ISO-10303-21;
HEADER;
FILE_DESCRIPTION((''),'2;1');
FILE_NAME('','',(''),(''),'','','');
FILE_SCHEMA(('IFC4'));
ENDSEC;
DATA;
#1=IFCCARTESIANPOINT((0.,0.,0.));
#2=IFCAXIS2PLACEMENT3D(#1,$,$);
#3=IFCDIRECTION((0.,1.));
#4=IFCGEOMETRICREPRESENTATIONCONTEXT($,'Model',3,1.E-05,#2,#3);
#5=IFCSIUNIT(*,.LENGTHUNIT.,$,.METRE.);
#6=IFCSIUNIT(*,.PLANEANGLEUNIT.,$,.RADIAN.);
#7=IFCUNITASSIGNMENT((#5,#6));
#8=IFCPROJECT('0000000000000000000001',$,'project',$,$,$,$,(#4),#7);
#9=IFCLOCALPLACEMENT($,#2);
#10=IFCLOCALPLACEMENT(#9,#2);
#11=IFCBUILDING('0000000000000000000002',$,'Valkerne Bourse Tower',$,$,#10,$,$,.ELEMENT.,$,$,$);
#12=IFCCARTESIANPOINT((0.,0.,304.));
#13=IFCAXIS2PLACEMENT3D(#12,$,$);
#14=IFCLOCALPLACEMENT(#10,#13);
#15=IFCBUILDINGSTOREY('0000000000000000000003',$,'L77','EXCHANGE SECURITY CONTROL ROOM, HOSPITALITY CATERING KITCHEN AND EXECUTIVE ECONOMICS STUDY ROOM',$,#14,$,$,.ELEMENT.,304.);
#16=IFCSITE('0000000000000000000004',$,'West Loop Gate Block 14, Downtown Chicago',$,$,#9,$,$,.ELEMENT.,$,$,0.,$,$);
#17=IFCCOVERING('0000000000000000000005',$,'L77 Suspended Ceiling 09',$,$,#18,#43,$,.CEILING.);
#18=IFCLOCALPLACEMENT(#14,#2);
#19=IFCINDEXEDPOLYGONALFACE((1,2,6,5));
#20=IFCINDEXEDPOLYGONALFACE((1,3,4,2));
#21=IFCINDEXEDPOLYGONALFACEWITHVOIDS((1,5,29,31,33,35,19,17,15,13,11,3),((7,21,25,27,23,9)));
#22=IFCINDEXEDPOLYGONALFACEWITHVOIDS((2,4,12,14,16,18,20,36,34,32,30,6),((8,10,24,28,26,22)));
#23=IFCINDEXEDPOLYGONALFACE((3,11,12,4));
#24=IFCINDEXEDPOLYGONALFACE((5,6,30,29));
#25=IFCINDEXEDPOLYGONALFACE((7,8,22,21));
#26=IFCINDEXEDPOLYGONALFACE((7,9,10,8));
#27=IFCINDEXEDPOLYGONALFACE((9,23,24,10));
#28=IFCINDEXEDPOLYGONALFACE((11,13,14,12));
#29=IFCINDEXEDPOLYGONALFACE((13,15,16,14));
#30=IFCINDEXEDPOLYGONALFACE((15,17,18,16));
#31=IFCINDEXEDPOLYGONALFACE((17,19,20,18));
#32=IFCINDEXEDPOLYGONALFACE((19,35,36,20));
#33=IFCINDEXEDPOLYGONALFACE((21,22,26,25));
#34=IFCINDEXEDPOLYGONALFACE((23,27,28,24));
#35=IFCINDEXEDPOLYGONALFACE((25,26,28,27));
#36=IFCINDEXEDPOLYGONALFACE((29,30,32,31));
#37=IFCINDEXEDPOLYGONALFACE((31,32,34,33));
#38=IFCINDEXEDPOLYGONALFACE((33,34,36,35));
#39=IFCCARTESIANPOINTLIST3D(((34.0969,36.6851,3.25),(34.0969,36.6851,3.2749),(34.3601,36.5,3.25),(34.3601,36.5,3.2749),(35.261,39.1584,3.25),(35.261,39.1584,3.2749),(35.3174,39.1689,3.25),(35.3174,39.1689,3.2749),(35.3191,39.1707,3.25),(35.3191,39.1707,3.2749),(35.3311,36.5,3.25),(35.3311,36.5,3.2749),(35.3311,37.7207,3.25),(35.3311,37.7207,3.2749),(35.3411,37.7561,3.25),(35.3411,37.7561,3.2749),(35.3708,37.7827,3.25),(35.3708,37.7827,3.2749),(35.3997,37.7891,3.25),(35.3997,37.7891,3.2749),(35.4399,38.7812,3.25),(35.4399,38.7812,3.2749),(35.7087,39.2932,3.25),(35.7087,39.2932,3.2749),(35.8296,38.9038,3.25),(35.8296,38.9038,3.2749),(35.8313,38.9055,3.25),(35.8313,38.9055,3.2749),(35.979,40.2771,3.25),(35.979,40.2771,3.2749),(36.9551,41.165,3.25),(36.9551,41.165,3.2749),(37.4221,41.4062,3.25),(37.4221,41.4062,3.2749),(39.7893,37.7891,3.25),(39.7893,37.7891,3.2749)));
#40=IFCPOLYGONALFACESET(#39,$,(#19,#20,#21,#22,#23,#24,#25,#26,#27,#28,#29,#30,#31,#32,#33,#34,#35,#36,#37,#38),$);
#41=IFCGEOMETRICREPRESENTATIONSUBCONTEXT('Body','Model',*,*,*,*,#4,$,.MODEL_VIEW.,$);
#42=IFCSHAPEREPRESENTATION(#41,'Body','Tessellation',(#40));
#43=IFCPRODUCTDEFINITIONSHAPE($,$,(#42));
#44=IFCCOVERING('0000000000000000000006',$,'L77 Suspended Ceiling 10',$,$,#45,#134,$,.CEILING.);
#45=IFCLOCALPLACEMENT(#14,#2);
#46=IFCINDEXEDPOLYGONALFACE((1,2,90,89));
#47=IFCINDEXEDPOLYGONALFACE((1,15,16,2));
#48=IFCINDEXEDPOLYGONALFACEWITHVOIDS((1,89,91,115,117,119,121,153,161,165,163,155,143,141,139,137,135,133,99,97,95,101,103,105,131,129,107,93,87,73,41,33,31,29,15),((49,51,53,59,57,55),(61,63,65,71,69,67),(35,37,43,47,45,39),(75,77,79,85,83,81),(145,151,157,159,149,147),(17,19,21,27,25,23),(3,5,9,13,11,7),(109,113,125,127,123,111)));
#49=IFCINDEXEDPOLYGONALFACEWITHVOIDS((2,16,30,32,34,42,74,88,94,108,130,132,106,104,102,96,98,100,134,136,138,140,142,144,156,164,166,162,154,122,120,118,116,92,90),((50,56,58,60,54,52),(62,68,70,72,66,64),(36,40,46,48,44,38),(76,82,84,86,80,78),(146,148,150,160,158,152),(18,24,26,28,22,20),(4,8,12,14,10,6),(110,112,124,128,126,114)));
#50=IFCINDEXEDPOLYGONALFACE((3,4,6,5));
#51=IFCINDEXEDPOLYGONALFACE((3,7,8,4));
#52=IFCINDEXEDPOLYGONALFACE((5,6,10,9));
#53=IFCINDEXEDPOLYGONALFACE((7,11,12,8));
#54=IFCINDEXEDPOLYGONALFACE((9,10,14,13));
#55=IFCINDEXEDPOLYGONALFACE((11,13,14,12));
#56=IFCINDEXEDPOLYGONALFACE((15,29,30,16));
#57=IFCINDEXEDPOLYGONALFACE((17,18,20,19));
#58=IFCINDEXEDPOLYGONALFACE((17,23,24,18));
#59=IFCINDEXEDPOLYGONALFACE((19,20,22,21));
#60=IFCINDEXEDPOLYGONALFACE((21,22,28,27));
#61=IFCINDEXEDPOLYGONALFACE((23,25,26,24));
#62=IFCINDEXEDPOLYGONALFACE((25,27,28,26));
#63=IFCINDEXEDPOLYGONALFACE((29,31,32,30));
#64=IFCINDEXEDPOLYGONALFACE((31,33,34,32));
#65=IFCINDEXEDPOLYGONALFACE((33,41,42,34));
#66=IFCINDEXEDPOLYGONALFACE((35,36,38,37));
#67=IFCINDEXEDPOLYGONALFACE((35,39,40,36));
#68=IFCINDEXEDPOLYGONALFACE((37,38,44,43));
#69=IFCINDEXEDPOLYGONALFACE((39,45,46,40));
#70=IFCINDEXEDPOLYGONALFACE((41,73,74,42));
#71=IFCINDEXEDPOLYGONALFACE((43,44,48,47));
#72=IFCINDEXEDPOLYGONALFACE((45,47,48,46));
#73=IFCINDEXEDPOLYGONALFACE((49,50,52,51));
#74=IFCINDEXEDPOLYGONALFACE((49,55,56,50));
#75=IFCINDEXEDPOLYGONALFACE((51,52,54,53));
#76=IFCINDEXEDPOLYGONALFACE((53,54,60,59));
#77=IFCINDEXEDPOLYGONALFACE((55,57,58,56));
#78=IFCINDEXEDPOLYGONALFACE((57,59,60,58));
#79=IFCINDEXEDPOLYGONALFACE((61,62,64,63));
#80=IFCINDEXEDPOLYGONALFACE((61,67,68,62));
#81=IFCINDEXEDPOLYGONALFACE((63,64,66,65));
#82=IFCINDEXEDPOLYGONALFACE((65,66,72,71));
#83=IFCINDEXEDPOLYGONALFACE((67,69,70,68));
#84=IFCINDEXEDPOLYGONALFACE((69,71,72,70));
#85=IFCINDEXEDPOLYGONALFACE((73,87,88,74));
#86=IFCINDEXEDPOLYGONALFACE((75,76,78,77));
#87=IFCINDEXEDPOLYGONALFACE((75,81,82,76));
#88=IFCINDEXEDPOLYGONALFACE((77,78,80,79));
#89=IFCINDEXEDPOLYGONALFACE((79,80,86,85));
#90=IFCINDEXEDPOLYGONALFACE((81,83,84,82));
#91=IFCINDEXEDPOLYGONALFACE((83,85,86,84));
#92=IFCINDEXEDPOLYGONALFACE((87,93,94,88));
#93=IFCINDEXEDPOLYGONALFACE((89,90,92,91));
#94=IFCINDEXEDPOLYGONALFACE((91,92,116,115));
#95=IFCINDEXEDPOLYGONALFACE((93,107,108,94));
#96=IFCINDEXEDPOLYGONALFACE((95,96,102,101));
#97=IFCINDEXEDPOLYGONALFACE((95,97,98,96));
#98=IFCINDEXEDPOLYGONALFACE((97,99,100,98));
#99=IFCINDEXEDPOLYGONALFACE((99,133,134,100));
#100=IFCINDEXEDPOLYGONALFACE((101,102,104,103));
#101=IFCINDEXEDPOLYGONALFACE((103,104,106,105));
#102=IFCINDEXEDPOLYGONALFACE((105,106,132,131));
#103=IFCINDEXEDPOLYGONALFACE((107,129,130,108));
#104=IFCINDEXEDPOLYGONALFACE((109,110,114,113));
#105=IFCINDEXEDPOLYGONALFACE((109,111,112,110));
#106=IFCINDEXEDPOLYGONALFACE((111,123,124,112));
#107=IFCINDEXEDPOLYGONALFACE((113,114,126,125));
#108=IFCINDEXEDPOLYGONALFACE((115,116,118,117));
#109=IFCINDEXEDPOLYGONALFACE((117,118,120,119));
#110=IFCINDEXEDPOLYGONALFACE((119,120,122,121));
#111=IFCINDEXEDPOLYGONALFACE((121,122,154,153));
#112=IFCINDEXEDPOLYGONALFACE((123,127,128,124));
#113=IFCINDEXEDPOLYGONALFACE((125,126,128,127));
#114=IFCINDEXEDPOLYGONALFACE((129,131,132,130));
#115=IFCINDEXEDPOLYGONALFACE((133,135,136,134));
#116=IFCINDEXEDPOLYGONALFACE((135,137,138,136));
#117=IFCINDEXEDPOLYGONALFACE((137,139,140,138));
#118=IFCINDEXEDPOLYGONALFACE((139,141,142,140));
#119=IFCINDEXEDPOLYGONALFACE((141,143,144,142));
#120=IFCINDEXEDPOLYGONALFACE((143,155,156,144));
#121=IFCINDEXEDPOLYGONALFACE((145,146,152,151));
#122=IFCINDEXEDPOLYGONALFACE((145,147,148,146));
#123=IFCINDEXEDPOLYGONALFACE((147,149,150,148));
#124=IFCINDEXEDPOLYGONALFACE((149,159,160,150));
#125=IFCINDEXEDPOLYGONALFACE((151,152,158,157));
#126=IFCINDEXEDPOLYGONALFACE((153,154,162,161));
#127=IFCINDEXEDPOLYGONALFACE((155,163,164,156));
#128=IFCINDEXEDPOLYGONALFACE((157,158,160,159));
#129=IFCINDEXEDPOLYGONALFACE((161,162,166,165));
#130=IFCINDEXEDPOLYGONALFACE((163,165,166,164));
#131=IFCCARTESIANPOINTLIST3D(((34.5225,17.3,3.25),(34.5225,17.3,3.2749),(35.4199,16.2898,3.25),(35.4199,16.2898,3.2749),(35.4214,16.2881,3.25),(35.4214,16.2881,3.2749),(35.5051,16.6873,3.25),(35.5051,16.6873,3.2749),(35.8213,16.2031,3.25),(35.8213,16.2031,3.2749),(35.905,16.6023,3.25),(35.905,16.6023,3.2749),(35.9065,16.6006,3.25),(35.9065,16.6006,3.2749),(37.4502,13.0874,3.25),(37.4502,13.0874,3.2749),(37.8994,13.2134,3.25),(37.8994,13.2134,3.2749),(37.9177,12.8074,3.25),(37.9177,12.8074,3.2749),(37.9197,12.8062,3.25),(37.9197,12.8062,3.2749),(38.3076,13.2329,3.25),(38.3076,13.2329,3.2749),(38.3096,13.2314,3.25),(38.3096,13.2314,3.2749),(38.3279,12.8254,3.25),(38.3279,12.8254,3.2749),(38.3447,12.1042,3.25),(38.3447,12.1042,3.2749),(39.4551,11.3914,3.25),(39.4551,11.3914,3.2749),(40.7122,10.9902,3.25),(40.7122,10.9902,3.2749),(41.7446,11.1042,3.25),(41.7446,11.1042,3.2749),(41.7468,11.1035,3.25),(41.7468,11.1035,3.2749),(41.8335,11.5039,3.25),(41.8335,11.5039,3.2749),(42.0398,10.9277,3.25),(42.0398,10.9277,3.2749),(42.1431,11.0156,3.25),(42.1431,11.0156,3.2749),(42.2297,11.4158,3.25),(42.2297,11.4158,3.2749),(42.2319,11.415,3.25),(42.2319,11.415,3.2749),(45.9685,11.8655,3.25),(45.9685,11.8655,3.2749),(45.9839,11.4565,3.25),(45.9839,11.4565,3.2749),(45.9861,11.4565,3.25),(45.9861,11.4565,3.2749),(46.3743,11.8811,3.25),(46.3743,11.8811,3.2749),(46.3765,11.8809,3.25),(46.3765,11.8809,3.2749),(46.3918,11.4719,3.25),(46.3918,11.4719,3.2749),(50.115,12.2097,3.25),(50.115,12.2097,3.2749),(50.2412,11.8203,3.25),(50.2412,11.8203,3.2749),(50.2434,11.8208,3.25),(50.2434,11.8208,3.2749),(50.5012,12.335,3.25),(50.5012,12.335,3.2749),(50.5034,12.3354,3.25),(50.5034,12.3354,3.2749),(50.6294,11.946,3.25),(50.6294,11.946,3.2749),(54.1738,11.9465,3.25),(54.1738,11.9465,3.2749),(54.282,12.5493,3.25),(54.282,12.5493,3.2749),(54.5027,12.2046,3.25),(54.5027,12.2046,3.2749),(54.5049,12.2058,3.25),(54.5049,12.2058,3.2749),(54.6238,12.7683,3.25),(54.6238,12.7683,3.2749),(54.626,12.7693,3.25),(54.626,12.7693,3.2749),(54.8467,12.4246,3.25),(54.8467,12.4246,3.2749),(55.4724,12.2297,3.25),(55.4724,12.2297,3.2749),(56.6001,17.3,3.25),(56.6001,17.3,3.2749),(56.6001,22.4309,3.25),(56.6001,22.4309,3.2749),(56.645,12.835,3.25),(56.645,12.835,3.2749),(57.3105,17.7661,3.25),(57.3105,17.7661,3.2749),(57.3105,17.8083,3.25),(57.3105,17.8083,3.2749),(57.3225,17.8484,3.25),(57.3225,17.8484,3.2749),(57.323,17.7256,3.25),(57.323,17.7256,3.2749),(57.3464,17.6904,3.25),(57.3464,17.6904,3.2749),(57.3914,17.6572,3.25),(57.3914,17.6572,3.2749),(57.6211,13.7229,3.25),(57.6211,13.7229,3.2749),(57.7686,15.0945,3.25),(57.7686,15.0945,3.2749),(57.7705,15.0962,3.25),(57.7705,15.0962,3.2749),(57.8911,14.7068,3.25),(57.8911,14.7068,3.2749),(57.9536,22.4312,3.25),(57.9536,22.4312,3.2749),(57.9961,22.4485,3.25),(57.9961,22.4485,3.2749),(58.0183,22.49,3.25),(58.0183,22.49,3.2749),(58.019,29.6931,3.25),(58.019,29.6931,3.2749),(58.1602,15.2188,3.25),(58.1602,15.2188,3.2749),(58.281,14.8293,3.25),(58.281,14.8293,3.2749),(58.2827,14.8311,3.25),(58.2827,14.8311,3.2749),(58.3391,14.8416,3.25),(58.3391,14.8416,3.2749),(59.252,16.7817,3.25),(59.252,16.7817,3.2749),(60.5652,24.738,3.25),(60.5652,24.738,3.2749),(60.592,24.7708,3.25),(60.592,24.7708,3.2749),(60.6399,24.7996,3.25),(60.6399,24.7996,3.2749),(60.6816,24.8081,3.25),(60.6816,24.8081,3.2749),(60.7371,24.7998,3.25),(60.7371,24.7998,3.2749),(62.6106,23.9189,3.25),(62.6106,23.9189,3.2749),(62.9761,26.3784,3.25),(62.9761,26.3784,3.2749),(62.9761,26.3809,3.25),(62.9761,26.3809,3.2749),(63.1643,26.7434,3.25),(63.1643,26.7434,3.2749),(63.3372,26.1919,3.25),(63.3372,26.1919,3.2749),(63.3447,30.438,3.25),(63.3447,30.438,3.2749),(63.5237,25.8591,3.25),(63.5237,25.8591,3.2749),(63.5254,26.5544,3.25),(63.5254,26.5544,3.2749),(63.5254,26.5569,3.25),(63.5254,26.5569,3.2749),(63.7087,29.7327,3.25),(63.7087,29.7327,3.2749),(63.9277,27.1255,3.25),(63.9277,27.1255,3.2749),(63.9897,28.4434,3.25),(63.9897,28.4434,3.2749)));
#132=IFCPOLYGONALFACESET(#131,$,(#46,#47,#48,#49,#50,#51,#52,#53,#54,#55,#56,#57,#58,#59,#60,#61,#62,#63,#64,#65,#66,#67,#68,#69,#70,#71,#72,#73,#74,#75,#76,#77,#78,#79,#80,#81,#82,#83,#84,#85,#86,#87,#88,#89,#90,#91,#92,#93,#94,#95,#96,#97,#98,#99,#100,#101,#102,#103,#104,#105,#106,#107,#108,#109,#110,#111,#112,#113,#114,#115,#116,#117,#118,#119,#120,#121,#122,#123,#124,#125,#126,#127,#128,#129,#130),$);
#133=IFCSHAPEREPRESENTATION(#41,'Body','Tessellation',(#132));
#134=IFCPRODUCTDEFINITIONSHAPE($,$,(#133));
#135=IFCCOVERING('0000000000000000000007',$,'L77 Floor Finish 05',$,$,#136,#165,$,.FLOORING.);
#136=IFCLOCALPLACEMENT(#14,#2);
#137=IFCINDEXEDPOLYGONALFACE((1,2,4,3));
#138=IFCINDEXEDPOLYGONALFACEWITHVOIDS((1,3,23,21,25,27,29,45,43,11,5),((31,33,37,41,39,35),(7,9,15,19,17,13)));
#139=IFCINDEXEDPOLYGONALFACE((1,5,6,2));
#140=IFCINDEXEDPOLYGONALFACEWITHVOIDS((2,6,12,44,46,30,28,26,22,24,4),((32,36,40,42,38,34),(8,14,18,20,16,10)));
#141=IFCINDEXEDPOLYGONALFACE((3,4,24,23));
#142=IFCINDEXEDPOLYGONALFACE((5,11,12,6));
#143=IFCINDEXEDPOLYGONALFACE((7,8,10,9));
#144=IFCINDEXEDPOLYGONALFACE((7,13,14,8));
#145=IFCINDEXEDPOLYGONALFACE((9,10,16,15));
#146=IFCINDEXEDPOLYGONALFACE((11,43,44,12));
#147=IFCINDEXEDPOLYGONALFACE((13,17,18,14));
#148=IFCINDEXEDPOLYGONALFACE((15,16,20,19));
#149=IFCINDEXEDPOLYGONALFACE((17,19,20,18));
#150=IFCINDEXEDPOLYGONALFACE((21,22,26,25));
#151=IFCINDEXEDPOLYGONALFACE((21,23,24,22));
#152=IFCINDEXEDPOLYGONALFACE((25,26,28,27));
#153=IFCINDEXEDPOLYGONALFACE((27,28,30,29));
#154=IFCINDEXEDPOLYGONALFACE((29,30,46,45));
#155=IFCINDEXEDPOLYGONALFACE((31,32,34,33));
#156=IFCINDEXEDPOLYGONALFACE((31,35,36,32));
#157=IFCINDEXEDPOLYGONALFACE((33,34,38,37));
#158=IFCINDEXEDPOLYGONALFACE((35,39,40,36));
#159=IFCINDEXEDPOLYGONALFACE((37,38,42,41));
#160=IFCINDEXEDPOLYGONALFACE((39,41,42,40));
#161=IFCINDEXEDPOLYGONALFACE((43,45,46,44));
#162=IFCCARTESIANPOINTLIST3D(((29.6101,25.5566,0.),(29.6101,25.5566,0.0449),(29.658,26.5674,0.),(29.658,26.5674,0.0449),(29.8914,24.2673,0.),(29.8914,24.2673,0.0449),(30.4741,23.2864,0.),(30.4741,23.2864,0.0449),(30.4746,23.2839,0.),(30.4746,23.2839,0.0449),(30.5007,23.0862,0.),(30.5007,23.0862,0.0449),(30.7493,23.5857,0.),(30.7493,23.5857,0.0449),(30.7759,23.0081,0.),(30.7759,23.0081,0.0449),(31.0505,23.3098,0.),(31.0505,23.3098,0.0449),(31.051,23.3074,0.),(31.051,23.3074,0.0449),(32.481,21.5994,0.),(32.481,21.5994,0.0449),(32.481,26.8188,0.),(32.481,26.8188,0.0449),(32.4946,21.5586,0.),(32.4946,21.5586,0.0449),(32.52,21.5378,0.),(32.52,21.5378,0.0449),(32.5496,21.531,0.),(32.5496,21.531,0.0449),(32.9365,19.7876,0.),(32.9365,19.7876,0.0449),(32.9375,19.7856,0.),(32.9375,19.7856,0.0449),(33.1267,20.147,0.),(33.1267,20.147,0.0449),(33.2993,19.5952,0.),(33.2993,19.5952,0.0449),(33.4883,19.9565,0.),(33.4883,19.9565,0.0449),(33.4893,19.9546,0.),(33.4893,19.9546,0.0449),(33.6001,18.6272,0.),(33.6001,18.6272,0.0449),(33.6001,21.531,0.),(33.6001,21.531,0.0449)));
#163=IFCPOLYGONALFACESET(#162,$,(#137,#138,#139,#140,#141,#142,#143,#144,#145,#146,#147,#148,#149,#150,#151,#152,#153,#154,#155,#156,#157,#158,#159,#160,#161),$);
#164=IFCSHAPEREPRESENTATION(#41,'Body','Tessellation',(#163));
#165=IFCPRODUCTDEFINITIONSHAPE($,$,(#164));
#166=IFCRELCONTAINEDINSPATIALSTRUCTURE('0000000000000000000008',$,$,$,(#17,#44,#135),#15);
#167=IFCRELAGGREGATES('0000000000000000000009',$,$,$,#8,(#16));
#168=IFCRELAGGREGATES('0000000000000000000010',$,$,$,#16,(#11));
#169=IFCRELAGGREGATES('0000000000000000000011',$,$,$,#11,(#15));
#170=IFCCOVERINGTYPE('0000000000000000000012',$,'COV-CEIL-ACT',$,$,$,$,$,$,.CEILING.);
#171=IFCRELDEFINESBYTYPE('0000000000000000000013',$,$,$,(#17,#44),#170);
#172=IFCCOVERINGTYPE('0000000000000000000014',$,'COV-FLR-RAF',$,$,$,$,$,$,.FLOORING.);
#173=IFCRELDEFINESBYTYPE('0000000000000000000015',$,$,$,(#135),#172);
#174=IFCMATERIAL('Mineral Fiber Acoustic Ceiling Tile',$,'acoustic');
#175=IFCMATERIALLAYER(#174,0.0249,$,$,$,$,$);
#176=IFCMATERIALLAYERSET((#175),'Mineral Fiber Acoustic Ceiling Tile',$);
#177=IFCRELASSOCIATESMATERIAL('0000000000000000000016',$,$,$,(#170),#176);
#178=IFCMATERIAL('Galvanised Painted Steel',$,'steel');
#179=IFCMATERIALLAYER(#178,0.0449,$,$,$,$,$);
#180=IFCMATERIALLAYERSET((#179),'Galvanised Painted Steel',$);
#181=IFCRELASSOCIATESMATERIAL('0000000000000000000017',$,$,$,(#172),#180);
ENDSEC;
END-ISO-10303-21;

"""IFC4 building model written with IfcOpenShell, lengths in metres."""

from ifc_helpers import new_model, si_unit, direction, frame, origin, place, context, subcontext, project, spatial, polyline, outline, extrude, material, layer, layer_set, type_object, element, save


model = new_model("IFC4")

# Units and contexts
model_context = context("Model", 3, precision=1e-05, world=origin(), true_north=direction((0.0, 1.0)))
body_context = subcontext(model_context, "Body", "Model", "MODEL_VIEW")
ifc_project = project(units=[si_unit("LENGTHUNIT", "METRE"), si_unit("PLANEANGLEUNIT", "RADIAN")], contexts=[model_context])

# Site, building, storey
site_placement = place(None, origin())
site = spatial("IfcSite", under=ifc_project, at=site_placement, Name="West Loop Gate Block 14, Downtown Chicago", CompositionType="ELEMENT", RefElevation=0.0)
building_placement = place(site_placement, origin())
building = spatial("IfcBuilding", under=site, at=building_placement, Name="Valkerne Bourse Tower", CompositionType="ELEMENT")
storey_placement = place(building_placement, frame((0.0, 0.0, 304.0)))
storey = spatial("IfcBuildingStorey", under=building, at=storey_placement, Name="L77", Description="EXCHANGE SECURITY CONTROL ROOM, HOSPITALITY CATERING KITCHEN AND EXECUTIVE ECONOMICS STUDY ROOM", CompositionType="ELEMENT", Elevation=304.0)

# Coverings
ifc_material_1 = material(Name="Mineral Fiber Acoustic Ceiling Tile", Category="acoustic")
ifc_layer_1 = layer(ifc_material_1, 0.0249)
ifc_layer_set_1 = layer_set([ifc_layer_1], Name="Mineral Fiber Acoustic Ceiling Tile")
covering_type_1 = type_object("IfcCoveringType", Name="COV-CEIL-ACT", PredefinedType="CEILING", material=ifc_layer_set_1)
covering_1_placement = place(storey_placement, frame((0.0, 0.0, 3.25)))
element("IfcCovering", 1, at=covering_1_placement, inside=storey, type_object=covering_type_1, Name="L77 Suspended Ceiling 09", PredefinedType="CEILING", context=body_context, shape_type="SweptSolid", body=[
    extrude(outline(polyline([(36.9551, 41.165), (37.4221, 41.4062), (39.7893, 37.7891), (35.3997, 37.7891), (35.3708, 37.7827), (35.3411, 37.7561), (35.3311, 37.7207), (35.3311, 36.5), (34.3601, 36.5), (34.0969, 36.6851), (35.261, 39.1584), (35.979, 40.2771), (36.9551, 41.165)]), holes=[polyline([(35.8296, 38.9038), (35.8313, 38.9055), (35.7087, 39.2932), (35.3191, 39.1707), (35.3174, 39.1689), (35.4399, 38.7812), (35.8296, 38.9038)])]), origin(), (0.0, 0.0, 1.0), 0.0249),
])
covering_2_placement = place(storey_placement, frame((0.0, 0.0, 3.25)))
element("IfcCovering", 2, at=covering_2_placement, inside=storey, type_object=covering_type_1, Name="L77 Suspended Ceiling 10", PredefinedType="CEILING", context=body_context, shape_type="SweptSolid", body=[
    extrude(outline(polyline([(54.1738, 11.9465), (42.0398, 10.9277), (40.7122, 10.9902), (39.4551, 11.3914), (38.3447, 12.1042), (37.4502, 13.0874), (34.5225, 17.3), (56.6001, 17.3), (56.6001, 22.4309), (57.9536, 22.4312), (57.9961, 22.4485), (58.0183, 22.49), (58.019, 29.6931), (63.3447, 30.438), (63.7087, 29.7327), (63.9897, 28.4434), (63.9277, 27.1255), (63.5237, 25.8591), (62.6106, 23.9189), (60.7371, 24.7998), (60.6816, 24.8081), (60.6399, 24.7996), (60.592, 24.7708), (60.5652, 24.738), (57.3225, 17.8484), (57.3105, 17.8083), (57.3105, 17.7661), (57.323, 17.7256), (57.3464, 17.6904), (57.3914, 17.6572), (59.252, 16.7817), (58.3391, 14.8416), (57.6211, 13.7229), (56.645, 12.835), (55.4724, 12.2297), (54.1738, 11.9465)]), holes=[polyline([(42.2297, 11.4158), (41.8335, 11.5039), (41.7446, 11.1042), (41.7468, 11.1035), (42.1431, 11.0156), (42.2319, 11.415), (42.2297, 11.4158)]), polyline([(46.3765, 11.8809), (46.3743, 11.8811), (45.9685, 11.8655), (45.9839, 11.4565), (45.9861, 11.4565), (46.3918, 11.4719), (46.3765, 11.8809)]), polyline([(38.3096, 13.2314), (38.3076, 13.2329), (37.8994, 13.2134), (37.9177, 12.8074), (37.9197, 12.8062), (38.3279, 12.8254), (38.3096, 13.2314)]), polyline([(35.905, 16.6023), (35.5051, 16.6873), (35.4199, 16.2898), (35.4214, 16.2881), (35.8213, 16.2031), (35.9065, 16.6006), (35.905, 16.6023)]), polyline([(50.6294, 11.946), (50.5034, 12.3354), (50.5012, 12.335), (50.115, 12.2097), (50.2412, 11.8203), (50.2434, 11.8208), (50.6294, 11.946)]), polyline([(54.8467, 12.4246), (54.626, 12.7693), (54.6238, 12.7683), (54.282, 12.5493), (54.5027, 12.2046), (54.5049, 12.2058), (54.8467, 12.4246)]), polyline([(58.2827, 14.8311), (58.1602, 15.2188), (57.7705, 15.0962), (57.7686, 15.0945), (57.8911, 14.7068), (58.281, 14.8293), (58.2827, 14.8311)]), polyline([(63.5254, 26.5544), (63.5254, 26.5569), (63.1643, 26.7434), (62.9761, 26.3809), (62.9761, 26.3784), (63.3372, 26.1919), (63.5254, 26.5544)])]), origin(), (0.0, 0.0, 1.0), 0.0249),
])
ifc_material_2 = material(Name="Galvanised Painted Steel", Category="steel")
ifc_layer_2 = layer(ifc_material_2, 0.0449)
ifc_layer_set_2 = layer_set([ifc_layer_2], Name="Galvanised Painted Steel")
covering_type_2 = type_object("IfcCoveringType", Name="COV-FLR-RAF", PredefinedType="FLOORING", material=ifc_layer_set_2)
covering_3_placement = place(storey_placement, origin())
element("IfcCovering", 3, at=covering_3_placement, inside=storey, type_object=covering_type_2, Name="L77 Floor Finish 05", PredefinedType="FLOORING", context=body_context, shape_type="SweptSolid", body=[
    extrude(outline(polyline([(29.6101, 25.5566), (29.658, 26.5674), (32.481, 26.8188), (32.481, 21.5994), (32.4946, 21.5586), (32.52, 21.5378), (32.5496, 21.531), (33.6001, 21.531), (33.6001, 18.6272), (30.5007, 23.0862), (29.8914, 24.2673), (29.6101, 25.5566)]), holes=[polyline([(33.4883, 19.9565), (33.1267, 20.147), (32.9365, 19.7876), (32.9375, 19.7856), (33.2993, 19.5952), (33.4893, 19.9546), (33.4883, 19.9565)]), polyline([(31.0505, 23.3098), (30.7493, 23.5857), (30.4741, 23.2864), (30.4746, 23.2839), (30.7759, 23.0081), (31.051, 23.3074), (31.0505, 23.3098)])]), origin(), (0.0, 0.0, 1.0), 0.0449),
])

save(model, "model.ifc")
